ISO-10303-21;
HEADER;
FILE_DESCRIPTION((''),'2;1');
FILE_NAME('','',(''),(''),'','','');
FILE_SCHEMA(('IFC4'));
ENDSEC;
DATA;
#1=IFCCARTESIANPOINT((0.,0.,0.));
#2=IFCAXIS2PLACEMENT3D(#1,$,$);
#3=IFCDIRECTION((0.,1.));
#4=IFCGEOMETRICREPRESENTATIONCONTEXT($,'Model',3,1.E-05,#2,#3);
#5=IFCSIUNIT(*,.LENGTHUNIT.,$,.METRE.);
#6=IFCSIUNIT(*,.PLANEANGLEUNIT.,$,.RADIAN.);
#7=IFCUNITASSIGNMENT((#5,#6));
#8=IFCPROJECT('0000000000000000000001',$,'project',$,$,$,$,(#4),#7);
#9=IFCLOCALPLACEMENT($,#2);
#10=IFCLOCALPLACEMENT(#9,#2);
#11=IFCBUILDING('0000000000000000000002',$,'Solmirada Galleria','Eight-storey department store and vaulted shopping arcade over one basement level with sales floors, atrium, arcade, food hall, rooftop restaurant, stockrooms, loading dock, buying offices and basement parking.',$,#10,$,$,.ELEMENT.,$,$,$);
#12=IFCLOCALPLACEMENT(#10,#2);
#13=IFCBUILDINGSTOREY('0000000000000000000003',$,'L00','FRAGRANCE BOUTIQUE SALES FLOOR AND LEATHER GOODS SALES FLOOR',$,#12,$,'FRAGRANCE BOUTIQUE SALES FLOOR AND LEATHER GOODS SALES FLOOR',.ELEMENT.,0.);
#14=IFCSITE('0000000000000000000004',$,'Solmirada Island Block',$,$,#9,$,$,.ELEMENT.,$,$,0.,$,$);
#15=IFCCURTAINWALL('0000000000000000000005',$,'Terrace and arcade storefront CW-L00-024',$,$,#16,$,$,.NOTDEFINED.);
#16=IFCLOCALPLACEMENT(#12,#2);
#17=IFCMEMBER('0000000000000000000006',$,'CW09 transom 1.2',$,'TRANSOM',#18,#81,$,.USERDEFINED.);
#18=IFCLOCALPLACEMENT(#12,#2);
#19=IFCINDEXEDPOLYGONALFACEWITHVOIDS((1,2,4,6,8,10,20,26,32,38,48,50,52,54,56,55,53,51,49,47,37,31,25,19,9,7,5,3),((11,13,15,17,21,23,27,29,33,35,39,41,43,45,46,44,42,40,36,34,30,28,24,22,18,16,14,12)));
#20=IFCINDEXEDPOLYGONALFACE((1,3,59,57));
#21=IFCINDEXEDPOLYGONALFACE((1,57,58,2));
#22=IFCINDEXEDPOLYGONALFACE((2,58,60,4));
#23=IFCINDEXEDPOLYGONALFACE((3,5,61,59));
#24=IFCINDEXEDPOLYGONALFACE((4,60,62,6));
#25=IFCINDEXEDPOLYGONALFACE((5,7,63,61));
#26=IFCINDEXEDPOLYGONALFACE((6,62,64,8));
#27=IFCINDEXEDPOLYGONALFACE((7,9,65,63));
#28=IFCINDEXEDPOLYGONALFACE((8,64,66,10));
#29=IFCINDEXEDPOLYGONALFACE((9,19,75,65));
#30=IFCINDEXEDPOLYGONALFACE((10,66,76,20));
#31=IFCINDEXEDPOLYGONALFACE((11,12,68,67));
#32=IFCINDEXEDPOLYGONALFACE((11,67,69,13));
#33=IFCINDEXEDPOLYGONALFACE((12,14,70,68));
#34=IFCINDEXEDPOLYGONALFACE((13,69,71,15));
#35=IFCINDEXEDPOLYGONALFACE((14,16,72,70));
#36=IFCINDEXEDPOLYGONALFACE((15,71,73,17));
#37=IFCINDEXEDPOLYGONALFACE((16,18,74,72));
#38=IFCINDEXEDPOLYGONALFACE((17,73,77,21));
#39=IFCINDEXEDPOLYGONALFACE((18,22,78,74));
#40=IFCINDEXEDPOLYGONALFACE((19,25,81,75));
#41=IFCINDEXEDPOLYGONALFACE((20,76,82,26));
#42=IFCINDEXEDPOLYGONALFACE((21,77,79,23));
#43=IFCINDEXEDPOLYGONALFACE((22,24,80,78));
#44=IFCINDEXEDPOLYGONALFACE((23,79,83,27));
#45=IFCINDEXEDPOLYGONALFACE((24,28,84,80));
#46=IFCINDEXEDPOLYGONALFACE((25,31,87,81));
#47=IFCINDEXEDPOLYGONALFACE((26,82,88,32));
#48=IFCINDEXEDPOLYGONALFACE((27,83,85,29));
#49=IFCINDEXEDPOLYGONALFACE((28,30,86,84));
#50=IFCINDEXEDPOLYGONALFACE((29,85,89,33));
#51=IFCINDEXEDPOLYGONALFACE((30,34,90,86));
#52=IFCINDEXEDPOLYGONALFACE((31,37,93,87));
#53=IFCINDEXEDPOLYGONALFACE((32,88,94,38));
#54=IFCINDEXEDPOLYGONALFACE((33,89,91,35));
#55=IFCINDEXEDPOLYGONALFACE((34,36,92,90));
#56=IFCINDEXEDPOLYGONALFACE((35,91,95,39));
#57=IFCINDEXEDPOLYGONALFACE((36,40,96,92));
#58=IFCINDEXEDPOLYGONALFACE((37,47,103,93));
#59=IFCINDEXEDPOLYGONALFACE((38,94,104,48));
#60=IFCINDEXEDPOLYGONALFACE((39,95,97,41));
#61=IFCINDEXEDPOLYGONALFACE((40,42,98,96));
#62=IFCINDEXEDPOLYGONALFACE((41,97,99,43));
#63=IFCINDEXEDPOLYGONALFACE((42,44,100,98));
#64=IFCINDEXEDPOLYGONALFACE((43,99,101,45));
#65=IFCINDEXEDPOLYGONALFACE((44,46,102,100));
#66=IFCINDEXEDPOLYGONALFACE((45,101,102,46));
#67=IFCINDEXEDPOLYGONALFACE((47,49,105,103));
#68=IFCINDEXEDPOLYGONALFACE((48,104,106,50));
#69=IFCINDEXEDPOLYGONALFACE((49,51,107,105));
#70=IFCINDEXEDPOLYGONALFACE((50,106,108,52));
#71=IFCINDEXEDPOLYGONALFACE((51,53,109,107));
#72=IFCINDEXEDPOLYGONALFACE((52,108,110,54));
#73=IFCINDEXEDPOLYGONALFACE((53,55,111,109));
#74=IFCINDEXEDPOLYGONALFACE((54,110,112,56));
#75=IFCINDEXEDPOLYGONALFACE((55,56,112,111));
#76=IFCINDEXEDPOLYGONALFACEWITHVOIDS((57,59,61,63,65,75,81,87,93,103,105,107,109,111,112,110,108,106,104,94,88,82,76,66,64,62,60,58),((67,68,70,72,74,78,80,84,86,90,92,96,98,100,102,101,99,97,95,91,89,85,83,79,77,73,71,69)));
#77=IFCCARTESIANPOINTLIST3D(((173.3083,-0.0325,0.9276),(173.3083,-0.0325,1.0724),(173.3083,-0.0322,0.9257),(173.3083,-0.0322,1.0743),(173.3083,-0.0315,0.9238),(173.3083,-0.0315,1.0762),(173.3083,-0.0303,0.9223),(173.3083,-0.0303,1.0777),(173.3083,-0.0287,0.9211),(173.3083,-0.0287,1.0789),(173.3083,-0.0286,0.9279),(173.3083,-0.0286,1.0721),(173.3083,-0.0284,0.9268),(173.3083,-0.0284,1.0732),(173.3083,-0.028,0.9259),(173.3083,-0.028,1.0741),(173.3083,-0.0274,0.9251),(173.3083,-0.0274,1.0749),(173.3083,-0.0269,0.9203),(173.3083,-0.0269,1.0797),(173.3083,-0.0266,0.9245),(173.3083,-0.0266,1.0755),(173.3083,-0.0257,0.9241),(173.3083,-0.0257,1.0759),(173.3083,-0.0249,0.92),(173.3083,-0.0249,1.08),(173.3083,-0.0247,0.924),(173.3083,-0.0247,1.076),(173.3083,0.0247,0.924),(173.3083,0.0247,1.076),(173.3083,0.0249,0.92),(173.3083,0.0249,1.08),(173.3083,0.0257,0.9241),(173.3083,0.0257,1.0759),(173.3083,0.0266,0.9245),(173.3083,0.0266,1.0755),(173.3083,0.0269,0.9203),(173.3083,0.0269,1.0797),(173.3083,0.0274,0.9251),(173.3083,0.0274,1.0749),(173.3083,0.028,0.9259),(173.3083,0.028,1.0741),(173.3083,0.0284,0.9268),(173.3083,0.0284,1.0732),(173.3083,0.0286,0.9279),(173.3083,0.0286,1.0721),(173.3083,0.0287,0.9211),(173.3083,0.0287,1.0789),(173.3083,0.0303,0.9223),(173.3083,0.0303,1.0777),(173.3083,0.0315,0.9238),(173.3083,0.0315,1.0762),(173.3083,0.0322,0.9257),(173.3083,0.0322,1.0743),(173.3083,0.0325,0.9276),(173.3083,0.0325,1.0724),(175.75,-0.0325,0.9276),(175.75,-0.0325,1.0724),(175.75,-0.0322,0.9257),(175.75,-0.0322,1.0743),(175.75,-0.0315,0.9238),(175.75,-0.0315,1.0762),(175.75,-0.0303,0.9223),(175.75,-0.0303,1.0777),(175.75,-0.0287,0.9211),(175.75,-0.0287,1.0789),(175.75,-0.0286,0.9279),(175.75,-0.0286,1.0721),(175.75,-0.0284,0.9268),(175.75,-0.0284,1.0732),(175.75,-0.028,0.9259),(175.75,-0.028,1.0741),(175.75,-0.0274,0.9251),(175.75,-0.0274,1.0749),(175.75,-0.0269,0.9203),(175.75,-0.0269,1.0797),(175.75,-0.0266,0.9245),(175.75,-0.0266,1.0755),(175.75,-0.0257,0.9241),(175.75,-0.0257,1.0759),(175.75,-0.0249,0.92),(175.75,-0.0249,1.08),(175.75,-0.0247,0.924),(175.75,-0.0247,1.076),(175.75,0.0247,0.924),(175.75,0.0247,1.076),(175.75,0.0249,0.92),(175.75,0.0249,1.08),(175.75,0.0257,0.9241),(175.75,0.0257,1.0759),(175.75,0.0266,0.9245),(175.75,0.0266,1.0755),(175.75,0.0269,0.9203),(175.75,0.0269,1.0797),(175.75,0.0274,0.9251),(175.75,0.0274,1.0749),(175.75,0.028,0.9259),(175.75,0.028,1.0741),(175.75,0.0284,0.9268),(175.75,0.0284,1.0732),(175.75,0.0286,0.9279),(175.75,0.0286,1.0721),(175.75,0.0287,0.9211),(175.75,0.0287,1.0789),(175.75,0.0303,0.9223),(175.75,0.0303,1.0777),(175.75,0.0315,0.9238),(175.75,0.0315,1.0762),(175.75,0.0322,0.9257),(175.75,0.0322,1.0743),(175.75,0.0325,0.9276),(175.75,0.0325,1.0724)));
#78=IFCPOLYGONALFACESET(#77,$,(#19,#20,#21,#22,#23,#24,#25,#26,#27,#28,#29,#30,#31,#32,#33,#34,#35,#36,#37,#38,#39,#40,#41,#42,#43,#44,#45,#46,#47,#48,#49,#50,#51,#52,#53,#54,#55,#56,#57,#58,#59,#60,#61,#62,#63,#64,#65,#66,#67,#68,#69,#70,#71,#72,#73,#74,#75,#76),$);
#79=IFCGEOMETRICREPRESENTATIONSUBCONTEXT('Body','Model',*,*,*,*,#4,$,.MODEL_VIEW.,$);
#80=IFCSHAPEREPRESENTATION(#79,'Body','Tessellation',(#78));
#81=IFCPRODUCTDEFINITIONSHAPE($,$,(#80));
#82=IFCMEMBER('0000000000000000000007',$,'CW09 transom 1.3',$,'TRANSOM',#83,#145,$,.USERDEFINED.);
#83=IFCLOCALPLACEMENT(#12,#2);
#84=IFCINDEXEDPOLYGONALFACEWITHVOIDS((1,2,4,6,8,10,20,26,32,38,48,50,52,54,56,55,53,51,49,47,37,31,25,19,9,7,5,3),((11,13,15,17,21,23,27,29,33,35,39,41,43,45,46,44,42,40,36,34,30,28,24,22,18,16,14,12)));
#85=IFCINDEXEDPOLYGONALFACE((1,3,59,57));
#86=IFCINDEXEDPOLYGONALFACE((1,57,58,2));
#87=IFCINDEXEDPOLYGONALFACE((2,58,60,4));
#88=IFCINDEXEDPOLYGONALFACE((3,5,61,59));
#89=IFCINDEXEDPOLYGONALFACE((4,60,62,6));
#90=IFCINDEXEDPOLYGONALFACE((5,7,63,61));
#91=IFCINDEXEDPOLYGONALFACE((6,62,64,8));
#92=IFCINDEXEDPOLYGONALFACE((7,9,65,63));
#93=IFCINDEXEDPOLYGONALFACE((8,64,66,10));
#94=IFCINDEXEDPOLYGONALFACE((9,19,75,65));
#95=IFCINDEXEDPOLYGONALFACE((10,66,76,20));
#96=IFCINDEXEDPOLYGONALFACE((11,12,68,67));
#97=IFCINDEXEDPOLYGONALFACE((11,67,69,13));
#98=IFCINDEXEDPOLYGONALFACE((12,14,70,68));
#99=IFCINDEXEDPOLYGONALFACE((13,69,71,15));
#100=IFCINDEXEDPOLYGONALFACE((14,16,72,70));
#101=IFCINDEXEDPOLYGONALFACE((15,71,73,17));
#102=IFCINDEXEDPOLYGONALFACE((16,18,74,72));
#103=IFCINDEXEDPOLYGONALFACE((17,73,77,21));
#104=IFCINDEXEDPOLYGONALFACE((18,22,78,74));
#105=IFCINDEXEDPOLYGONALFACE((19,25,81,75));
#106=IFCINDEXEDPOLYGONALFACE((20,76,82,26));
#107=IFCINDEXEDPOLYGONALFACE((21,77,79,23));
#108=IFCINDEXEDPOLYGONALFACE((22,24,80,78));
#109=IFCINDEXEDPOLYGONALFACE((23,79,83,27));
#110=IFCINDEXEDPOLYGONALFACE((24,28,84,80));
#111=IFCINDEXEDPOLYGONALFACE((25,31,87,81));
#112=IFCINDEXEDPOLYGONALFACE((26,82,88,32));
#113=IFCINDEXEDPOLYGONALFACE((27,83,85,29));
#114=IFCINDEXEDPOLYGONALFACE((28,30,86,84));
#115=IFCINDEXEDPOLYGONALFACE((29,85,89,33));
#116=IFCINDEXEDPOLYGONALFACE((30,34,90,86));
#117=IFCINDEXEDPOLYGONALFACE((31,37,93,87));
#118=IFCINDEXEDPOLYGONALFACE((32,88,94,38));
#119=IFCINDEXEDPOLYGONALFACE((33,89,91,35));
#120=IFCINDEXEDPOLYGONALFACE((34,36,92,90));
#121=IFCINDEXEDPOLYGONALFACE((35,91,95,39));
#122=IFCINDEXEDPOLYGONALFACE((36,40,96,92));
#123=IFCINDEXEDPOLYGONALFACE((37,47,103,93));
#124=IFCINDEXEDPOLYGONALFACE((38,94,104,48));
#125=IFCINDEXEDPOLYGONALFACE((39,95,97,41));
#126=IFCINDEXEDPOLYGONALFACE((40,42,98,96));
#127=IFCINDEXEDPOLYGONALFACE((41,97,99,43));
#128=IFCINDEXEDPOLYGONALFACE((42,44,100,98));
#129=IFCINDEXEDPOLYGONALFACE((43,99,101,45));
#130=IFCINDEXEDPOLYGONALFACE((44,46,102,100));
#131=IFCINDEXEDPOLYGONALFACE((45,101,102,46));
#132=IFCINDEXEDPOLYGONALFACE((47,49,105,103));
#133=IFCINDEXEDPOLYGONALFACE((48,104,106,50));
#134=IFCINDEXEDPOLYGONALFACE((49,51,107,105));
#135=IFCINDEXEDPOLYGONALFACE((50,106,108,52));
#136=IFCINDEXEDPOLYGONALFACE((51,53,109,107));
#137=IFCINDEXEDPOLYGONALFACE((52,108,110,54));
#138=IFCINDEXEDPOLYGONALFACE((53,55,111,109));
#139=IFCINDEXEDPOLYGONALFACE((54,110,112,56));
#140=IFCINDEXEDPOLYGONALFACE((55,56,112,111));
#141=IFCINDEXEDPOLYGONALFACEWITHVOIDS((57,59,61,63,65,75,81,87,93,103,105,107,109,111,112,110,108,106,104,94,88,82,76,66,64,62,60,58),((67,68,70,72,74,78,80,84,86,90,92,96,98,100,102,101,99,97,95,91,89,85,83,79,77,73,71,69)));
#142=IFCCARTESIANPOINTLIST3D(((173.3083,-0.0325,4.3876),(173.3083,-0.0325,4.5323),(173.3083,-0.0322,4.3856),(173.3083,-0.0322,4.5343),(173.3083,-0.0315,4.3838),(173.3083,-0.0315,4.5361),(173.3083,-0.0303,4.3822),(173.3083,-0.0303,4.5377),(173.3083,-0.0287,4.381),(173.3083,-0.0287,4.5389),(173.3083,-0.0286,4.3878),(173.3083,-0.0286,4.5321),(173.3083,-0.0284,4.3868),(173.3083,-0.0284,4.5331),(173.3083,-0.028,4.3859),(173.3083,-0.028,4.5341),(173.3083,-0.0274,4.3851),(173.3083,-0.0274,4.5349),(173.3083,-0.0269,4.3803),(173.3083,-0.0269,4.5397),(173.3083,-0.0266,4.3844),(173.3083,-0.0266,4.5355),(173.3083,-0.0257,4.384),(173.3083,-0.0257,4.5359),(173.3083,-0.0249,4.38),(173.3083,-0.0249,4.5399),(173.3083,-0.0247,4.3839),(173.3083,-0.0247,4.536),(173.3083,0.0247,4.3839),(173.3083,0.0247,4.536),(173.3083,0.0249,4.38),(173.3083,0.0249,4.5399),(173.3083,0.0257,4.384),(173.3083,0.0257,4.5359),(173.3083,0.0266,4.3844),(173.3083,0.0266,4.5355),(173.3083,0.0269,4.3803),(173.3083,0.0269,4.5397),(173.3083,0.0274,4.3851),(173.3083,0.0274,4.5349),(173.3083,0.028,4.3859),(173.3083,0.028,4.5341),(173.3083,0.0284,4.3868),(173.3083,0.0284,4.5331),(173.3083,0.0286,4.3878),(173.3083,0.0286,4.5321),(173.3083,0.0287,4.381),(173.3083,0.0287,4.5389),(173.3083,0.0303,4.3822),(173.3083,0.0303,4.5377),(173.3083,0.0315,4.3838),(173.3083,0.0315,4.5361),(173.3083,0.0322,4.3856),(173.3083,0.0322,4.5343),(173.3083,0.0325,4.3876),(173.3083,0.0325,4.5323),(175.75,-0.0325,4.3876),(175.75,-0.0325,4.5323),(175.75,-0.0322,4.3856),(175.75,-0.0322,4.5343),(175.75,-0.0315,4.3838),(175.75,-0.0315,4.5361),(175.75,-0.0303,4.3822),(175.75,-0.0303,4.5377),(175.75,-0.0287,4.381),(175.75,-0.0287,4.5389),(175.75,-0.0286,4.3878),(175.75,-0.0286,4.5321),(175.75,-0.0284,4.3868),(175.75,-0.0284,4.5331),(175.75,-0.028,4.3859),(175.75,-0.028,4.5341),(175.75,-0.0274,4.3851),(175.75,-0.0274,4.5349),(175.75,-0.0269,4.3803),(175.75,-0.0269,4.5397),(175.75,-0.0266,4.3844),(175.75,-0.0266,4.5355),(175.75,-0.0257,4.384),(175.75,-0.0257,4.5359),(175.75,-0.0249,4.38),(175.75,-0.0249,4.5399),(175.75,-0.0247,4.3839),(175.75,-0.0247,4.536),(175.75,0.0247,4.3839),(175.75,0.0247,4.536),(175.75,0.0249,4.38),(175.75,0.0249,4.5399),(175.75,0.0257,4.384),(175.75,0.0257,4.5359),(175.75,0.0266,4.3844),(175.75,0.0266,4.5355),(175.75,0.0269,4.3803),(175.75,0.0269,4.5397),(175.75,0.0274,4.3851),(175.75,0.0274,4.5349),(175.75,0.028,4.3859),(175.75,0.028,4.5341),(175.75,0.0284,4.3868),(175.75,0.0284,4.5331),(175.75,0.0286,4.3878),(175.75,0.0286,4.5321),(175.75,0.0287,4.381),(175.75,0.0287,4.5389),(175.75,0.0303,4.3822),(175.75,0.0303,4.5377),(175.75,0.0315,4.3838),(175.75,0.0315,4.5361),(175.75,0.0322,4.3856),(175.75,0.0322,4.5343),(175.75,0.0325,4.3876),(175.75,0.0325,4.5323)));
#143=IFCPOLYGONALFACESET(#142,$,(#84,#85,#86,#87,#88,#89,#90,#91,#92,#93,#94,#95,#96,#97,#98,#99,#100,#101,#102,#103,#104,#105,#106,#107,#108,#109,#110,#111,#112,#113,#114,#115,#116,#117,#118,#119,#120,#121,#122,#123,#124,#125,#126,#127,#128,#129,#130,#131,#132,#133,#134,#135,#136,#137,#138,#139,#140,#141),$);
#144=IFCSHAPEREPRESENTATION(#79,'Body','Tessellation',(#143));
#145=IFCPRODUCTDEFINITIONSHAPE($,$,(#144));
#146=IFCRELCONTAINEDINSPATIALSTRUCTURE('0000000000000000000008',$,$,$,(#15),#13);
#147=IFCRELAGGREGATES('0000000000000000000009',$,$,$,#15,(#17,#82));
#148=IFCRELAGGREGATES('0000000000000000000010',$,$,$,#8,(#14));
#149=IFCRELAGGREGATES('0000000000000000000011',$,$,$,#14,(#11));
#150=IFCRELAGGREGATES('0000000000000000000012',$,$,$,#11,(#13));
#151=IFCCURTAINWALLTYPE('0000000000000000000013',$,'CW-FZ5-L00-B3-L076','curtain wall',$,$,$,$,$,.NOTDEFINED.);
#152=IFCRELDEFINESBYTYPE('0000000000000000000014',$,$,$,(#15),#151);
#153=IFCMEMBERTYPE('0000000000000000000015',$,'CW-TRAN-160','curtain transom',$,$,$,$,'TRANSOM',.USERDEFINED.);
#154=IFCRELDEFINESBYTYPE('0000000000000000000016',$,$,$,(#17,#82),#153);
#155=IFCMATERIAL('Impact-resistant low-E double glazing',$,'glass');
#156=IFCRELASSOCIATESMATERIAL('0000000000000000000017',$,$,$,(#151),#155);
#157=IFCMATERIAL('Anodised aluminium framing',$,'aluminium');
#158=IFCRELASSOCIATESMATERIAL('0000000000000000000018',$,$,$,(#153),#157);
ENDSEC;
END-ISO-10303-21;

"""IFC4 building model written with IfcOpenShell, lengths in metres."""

from ifc_helpers import new_model, si_unit, direction, frame, origin, origin_2d, place, context, subcontext, project, spatial, hollow_rectangle, extrude, material, material_profile, profile_set, type_object, element, aggregate, save


model = new_model("IFC4")

# Units and contexts
model_context = context("Model", 3, precision=1e-05, world=origin(), true_north=direction((0.0, 1.0)))
body_context = subcontext(model_context, "Body", "Model", "MODEL_VIEW")
ifc_project = project(units=[si_unit("LENGTHUNIT", "METRE"), si_unit("PLANEANGLEUNIT", "RADIAN")], contexts=[model_context])

# Site, building, storey
site_placement = place(None, origin())
site = spatial("IfcSite", under=ifc_project, at=site_placement, Name="Solmirada Island Block", CompositionType="ELEMENT", RefElevation=0.0)
building_placement = place(site_placement, origin())
building = spatial("IfcBuilding", under=site, at=building_placement, Name="Solmirada Galleria", Description="Eight-storey department store and vaulted shopping arcade over one basement level with sales floors, atrium, arcade, food hall, rooftop restaurant, stockrooms, loading dock, buying offices and basement parking.", CompositionType="ELEMENT")
storey_placement = place(building_placement, origin())
storey = spatial("IfcBuildingStorey", under=building, at=storey_placement, Name="L00", Description="FRAGRANCE BOUTIQUE SALES FLOOR AND LEATHER GOODS SALES FLOOR", LongName="FRAGRANCE BOUTIQUE SALES FLOOR AND LEATHER GOODS SALES FLOOR", CompositionType="ELEMENT", Elevation=0.0)

# Curtain wall
ifc_material_1 = material(Name="Impact-resistant low-E double glazing", Category="glass")
curtain_wall_type = type_object("IfcCurtainWallType", Name="CW-FZ5-L00-B3-L076", Description="curtain wall", PredefinedType="NOTDEFINED", material=ifc_material_1)
ifc_material_2 = material(Name="Anodised aluminium framing", Category="aluminium")
curtain_wall_1_placement = place(storey_placement, origin())
curtain_wall_1 = element("IfcCurtainWall", 1, at=curtain_wall_1_placement, inside=storey, type_object=curtain_wall_type, Name="Terrace and arcade storefront CW-L00-024", PredefinedType="NOTDEFINED")

# Members
ifc_material_profile_1 = material_profile(ifc_material_2, hollow_rectangle(XDim=0.0649, YDim=0.1599, WallThickness=0.0039, InnerFilletRadius=0.0039, OuterFilletRadius=0.0076, at=origin_2d()), Name="ALU-TRAN-160X65")
ifc_profile_set_1 = profile_set([ifc_material_profile_1], Name="Anodised aluminium framing")
member_type_1 = type_object("IfcMemberType", Name="CW-TRAN-160", Description="curtain transom", ElementType="TRANSOM", PredefinedType="USERDEFINED", material=ifc_profile_set_1)
member_1_placement = place(storey_placement, frame((175.75, 0.0, 1.0), z_axis=(-1.0, 0.0, 0.0), x_axis=(0.0, -1.0, 0.0)))
member_1 = element("IfcMember", 2, at=member_1_placement, type_object=member_type_1, Name="CW09 transom 1.2", ObjectType="TRANSOM", PredefinedType="USERDEFINED", context=body_context, shape_type="SweptSolid", body=[
    extrude(hollow_rectangle(XDim=0.0649, YDim=0.1599, WallThickness=0.0039, InnerFilletRadius=0.0039, OuterFilletRadius=0.0076, at=origin_2d()), origin(), (0.0, 0.0, 1.0), 2.4417),
])
member_2_placement = place(storey_placement, frame((175.75, 0.0, 4.46), z_axis=(-1.0, 0.0, 0.0), x_axis=(0.0, -1.0, 0.0)))
member_2 = element("IfcMember", 3, at=member_2_placement, type_object=member_type_1, Name="CW09 transom 1.3", ObjectType="TRANSOM", PredefinedType="USERDEFINED", context=body_context, shape_type="SweptSolid", body=[
    extrude(hollow_rectangle(XDim=0.0649, YDim=0.1599, WallThickness=0.0039, InnerFilletRadius=0.0039, OuterFilletRadius=0.0076, at=origin_2d()), origin(), (0.0, 0.0, 1.0), 2.4417),
])

aggregate(curtain_wall_1, [member_1, member_2])

save(model, "model.ifc")
